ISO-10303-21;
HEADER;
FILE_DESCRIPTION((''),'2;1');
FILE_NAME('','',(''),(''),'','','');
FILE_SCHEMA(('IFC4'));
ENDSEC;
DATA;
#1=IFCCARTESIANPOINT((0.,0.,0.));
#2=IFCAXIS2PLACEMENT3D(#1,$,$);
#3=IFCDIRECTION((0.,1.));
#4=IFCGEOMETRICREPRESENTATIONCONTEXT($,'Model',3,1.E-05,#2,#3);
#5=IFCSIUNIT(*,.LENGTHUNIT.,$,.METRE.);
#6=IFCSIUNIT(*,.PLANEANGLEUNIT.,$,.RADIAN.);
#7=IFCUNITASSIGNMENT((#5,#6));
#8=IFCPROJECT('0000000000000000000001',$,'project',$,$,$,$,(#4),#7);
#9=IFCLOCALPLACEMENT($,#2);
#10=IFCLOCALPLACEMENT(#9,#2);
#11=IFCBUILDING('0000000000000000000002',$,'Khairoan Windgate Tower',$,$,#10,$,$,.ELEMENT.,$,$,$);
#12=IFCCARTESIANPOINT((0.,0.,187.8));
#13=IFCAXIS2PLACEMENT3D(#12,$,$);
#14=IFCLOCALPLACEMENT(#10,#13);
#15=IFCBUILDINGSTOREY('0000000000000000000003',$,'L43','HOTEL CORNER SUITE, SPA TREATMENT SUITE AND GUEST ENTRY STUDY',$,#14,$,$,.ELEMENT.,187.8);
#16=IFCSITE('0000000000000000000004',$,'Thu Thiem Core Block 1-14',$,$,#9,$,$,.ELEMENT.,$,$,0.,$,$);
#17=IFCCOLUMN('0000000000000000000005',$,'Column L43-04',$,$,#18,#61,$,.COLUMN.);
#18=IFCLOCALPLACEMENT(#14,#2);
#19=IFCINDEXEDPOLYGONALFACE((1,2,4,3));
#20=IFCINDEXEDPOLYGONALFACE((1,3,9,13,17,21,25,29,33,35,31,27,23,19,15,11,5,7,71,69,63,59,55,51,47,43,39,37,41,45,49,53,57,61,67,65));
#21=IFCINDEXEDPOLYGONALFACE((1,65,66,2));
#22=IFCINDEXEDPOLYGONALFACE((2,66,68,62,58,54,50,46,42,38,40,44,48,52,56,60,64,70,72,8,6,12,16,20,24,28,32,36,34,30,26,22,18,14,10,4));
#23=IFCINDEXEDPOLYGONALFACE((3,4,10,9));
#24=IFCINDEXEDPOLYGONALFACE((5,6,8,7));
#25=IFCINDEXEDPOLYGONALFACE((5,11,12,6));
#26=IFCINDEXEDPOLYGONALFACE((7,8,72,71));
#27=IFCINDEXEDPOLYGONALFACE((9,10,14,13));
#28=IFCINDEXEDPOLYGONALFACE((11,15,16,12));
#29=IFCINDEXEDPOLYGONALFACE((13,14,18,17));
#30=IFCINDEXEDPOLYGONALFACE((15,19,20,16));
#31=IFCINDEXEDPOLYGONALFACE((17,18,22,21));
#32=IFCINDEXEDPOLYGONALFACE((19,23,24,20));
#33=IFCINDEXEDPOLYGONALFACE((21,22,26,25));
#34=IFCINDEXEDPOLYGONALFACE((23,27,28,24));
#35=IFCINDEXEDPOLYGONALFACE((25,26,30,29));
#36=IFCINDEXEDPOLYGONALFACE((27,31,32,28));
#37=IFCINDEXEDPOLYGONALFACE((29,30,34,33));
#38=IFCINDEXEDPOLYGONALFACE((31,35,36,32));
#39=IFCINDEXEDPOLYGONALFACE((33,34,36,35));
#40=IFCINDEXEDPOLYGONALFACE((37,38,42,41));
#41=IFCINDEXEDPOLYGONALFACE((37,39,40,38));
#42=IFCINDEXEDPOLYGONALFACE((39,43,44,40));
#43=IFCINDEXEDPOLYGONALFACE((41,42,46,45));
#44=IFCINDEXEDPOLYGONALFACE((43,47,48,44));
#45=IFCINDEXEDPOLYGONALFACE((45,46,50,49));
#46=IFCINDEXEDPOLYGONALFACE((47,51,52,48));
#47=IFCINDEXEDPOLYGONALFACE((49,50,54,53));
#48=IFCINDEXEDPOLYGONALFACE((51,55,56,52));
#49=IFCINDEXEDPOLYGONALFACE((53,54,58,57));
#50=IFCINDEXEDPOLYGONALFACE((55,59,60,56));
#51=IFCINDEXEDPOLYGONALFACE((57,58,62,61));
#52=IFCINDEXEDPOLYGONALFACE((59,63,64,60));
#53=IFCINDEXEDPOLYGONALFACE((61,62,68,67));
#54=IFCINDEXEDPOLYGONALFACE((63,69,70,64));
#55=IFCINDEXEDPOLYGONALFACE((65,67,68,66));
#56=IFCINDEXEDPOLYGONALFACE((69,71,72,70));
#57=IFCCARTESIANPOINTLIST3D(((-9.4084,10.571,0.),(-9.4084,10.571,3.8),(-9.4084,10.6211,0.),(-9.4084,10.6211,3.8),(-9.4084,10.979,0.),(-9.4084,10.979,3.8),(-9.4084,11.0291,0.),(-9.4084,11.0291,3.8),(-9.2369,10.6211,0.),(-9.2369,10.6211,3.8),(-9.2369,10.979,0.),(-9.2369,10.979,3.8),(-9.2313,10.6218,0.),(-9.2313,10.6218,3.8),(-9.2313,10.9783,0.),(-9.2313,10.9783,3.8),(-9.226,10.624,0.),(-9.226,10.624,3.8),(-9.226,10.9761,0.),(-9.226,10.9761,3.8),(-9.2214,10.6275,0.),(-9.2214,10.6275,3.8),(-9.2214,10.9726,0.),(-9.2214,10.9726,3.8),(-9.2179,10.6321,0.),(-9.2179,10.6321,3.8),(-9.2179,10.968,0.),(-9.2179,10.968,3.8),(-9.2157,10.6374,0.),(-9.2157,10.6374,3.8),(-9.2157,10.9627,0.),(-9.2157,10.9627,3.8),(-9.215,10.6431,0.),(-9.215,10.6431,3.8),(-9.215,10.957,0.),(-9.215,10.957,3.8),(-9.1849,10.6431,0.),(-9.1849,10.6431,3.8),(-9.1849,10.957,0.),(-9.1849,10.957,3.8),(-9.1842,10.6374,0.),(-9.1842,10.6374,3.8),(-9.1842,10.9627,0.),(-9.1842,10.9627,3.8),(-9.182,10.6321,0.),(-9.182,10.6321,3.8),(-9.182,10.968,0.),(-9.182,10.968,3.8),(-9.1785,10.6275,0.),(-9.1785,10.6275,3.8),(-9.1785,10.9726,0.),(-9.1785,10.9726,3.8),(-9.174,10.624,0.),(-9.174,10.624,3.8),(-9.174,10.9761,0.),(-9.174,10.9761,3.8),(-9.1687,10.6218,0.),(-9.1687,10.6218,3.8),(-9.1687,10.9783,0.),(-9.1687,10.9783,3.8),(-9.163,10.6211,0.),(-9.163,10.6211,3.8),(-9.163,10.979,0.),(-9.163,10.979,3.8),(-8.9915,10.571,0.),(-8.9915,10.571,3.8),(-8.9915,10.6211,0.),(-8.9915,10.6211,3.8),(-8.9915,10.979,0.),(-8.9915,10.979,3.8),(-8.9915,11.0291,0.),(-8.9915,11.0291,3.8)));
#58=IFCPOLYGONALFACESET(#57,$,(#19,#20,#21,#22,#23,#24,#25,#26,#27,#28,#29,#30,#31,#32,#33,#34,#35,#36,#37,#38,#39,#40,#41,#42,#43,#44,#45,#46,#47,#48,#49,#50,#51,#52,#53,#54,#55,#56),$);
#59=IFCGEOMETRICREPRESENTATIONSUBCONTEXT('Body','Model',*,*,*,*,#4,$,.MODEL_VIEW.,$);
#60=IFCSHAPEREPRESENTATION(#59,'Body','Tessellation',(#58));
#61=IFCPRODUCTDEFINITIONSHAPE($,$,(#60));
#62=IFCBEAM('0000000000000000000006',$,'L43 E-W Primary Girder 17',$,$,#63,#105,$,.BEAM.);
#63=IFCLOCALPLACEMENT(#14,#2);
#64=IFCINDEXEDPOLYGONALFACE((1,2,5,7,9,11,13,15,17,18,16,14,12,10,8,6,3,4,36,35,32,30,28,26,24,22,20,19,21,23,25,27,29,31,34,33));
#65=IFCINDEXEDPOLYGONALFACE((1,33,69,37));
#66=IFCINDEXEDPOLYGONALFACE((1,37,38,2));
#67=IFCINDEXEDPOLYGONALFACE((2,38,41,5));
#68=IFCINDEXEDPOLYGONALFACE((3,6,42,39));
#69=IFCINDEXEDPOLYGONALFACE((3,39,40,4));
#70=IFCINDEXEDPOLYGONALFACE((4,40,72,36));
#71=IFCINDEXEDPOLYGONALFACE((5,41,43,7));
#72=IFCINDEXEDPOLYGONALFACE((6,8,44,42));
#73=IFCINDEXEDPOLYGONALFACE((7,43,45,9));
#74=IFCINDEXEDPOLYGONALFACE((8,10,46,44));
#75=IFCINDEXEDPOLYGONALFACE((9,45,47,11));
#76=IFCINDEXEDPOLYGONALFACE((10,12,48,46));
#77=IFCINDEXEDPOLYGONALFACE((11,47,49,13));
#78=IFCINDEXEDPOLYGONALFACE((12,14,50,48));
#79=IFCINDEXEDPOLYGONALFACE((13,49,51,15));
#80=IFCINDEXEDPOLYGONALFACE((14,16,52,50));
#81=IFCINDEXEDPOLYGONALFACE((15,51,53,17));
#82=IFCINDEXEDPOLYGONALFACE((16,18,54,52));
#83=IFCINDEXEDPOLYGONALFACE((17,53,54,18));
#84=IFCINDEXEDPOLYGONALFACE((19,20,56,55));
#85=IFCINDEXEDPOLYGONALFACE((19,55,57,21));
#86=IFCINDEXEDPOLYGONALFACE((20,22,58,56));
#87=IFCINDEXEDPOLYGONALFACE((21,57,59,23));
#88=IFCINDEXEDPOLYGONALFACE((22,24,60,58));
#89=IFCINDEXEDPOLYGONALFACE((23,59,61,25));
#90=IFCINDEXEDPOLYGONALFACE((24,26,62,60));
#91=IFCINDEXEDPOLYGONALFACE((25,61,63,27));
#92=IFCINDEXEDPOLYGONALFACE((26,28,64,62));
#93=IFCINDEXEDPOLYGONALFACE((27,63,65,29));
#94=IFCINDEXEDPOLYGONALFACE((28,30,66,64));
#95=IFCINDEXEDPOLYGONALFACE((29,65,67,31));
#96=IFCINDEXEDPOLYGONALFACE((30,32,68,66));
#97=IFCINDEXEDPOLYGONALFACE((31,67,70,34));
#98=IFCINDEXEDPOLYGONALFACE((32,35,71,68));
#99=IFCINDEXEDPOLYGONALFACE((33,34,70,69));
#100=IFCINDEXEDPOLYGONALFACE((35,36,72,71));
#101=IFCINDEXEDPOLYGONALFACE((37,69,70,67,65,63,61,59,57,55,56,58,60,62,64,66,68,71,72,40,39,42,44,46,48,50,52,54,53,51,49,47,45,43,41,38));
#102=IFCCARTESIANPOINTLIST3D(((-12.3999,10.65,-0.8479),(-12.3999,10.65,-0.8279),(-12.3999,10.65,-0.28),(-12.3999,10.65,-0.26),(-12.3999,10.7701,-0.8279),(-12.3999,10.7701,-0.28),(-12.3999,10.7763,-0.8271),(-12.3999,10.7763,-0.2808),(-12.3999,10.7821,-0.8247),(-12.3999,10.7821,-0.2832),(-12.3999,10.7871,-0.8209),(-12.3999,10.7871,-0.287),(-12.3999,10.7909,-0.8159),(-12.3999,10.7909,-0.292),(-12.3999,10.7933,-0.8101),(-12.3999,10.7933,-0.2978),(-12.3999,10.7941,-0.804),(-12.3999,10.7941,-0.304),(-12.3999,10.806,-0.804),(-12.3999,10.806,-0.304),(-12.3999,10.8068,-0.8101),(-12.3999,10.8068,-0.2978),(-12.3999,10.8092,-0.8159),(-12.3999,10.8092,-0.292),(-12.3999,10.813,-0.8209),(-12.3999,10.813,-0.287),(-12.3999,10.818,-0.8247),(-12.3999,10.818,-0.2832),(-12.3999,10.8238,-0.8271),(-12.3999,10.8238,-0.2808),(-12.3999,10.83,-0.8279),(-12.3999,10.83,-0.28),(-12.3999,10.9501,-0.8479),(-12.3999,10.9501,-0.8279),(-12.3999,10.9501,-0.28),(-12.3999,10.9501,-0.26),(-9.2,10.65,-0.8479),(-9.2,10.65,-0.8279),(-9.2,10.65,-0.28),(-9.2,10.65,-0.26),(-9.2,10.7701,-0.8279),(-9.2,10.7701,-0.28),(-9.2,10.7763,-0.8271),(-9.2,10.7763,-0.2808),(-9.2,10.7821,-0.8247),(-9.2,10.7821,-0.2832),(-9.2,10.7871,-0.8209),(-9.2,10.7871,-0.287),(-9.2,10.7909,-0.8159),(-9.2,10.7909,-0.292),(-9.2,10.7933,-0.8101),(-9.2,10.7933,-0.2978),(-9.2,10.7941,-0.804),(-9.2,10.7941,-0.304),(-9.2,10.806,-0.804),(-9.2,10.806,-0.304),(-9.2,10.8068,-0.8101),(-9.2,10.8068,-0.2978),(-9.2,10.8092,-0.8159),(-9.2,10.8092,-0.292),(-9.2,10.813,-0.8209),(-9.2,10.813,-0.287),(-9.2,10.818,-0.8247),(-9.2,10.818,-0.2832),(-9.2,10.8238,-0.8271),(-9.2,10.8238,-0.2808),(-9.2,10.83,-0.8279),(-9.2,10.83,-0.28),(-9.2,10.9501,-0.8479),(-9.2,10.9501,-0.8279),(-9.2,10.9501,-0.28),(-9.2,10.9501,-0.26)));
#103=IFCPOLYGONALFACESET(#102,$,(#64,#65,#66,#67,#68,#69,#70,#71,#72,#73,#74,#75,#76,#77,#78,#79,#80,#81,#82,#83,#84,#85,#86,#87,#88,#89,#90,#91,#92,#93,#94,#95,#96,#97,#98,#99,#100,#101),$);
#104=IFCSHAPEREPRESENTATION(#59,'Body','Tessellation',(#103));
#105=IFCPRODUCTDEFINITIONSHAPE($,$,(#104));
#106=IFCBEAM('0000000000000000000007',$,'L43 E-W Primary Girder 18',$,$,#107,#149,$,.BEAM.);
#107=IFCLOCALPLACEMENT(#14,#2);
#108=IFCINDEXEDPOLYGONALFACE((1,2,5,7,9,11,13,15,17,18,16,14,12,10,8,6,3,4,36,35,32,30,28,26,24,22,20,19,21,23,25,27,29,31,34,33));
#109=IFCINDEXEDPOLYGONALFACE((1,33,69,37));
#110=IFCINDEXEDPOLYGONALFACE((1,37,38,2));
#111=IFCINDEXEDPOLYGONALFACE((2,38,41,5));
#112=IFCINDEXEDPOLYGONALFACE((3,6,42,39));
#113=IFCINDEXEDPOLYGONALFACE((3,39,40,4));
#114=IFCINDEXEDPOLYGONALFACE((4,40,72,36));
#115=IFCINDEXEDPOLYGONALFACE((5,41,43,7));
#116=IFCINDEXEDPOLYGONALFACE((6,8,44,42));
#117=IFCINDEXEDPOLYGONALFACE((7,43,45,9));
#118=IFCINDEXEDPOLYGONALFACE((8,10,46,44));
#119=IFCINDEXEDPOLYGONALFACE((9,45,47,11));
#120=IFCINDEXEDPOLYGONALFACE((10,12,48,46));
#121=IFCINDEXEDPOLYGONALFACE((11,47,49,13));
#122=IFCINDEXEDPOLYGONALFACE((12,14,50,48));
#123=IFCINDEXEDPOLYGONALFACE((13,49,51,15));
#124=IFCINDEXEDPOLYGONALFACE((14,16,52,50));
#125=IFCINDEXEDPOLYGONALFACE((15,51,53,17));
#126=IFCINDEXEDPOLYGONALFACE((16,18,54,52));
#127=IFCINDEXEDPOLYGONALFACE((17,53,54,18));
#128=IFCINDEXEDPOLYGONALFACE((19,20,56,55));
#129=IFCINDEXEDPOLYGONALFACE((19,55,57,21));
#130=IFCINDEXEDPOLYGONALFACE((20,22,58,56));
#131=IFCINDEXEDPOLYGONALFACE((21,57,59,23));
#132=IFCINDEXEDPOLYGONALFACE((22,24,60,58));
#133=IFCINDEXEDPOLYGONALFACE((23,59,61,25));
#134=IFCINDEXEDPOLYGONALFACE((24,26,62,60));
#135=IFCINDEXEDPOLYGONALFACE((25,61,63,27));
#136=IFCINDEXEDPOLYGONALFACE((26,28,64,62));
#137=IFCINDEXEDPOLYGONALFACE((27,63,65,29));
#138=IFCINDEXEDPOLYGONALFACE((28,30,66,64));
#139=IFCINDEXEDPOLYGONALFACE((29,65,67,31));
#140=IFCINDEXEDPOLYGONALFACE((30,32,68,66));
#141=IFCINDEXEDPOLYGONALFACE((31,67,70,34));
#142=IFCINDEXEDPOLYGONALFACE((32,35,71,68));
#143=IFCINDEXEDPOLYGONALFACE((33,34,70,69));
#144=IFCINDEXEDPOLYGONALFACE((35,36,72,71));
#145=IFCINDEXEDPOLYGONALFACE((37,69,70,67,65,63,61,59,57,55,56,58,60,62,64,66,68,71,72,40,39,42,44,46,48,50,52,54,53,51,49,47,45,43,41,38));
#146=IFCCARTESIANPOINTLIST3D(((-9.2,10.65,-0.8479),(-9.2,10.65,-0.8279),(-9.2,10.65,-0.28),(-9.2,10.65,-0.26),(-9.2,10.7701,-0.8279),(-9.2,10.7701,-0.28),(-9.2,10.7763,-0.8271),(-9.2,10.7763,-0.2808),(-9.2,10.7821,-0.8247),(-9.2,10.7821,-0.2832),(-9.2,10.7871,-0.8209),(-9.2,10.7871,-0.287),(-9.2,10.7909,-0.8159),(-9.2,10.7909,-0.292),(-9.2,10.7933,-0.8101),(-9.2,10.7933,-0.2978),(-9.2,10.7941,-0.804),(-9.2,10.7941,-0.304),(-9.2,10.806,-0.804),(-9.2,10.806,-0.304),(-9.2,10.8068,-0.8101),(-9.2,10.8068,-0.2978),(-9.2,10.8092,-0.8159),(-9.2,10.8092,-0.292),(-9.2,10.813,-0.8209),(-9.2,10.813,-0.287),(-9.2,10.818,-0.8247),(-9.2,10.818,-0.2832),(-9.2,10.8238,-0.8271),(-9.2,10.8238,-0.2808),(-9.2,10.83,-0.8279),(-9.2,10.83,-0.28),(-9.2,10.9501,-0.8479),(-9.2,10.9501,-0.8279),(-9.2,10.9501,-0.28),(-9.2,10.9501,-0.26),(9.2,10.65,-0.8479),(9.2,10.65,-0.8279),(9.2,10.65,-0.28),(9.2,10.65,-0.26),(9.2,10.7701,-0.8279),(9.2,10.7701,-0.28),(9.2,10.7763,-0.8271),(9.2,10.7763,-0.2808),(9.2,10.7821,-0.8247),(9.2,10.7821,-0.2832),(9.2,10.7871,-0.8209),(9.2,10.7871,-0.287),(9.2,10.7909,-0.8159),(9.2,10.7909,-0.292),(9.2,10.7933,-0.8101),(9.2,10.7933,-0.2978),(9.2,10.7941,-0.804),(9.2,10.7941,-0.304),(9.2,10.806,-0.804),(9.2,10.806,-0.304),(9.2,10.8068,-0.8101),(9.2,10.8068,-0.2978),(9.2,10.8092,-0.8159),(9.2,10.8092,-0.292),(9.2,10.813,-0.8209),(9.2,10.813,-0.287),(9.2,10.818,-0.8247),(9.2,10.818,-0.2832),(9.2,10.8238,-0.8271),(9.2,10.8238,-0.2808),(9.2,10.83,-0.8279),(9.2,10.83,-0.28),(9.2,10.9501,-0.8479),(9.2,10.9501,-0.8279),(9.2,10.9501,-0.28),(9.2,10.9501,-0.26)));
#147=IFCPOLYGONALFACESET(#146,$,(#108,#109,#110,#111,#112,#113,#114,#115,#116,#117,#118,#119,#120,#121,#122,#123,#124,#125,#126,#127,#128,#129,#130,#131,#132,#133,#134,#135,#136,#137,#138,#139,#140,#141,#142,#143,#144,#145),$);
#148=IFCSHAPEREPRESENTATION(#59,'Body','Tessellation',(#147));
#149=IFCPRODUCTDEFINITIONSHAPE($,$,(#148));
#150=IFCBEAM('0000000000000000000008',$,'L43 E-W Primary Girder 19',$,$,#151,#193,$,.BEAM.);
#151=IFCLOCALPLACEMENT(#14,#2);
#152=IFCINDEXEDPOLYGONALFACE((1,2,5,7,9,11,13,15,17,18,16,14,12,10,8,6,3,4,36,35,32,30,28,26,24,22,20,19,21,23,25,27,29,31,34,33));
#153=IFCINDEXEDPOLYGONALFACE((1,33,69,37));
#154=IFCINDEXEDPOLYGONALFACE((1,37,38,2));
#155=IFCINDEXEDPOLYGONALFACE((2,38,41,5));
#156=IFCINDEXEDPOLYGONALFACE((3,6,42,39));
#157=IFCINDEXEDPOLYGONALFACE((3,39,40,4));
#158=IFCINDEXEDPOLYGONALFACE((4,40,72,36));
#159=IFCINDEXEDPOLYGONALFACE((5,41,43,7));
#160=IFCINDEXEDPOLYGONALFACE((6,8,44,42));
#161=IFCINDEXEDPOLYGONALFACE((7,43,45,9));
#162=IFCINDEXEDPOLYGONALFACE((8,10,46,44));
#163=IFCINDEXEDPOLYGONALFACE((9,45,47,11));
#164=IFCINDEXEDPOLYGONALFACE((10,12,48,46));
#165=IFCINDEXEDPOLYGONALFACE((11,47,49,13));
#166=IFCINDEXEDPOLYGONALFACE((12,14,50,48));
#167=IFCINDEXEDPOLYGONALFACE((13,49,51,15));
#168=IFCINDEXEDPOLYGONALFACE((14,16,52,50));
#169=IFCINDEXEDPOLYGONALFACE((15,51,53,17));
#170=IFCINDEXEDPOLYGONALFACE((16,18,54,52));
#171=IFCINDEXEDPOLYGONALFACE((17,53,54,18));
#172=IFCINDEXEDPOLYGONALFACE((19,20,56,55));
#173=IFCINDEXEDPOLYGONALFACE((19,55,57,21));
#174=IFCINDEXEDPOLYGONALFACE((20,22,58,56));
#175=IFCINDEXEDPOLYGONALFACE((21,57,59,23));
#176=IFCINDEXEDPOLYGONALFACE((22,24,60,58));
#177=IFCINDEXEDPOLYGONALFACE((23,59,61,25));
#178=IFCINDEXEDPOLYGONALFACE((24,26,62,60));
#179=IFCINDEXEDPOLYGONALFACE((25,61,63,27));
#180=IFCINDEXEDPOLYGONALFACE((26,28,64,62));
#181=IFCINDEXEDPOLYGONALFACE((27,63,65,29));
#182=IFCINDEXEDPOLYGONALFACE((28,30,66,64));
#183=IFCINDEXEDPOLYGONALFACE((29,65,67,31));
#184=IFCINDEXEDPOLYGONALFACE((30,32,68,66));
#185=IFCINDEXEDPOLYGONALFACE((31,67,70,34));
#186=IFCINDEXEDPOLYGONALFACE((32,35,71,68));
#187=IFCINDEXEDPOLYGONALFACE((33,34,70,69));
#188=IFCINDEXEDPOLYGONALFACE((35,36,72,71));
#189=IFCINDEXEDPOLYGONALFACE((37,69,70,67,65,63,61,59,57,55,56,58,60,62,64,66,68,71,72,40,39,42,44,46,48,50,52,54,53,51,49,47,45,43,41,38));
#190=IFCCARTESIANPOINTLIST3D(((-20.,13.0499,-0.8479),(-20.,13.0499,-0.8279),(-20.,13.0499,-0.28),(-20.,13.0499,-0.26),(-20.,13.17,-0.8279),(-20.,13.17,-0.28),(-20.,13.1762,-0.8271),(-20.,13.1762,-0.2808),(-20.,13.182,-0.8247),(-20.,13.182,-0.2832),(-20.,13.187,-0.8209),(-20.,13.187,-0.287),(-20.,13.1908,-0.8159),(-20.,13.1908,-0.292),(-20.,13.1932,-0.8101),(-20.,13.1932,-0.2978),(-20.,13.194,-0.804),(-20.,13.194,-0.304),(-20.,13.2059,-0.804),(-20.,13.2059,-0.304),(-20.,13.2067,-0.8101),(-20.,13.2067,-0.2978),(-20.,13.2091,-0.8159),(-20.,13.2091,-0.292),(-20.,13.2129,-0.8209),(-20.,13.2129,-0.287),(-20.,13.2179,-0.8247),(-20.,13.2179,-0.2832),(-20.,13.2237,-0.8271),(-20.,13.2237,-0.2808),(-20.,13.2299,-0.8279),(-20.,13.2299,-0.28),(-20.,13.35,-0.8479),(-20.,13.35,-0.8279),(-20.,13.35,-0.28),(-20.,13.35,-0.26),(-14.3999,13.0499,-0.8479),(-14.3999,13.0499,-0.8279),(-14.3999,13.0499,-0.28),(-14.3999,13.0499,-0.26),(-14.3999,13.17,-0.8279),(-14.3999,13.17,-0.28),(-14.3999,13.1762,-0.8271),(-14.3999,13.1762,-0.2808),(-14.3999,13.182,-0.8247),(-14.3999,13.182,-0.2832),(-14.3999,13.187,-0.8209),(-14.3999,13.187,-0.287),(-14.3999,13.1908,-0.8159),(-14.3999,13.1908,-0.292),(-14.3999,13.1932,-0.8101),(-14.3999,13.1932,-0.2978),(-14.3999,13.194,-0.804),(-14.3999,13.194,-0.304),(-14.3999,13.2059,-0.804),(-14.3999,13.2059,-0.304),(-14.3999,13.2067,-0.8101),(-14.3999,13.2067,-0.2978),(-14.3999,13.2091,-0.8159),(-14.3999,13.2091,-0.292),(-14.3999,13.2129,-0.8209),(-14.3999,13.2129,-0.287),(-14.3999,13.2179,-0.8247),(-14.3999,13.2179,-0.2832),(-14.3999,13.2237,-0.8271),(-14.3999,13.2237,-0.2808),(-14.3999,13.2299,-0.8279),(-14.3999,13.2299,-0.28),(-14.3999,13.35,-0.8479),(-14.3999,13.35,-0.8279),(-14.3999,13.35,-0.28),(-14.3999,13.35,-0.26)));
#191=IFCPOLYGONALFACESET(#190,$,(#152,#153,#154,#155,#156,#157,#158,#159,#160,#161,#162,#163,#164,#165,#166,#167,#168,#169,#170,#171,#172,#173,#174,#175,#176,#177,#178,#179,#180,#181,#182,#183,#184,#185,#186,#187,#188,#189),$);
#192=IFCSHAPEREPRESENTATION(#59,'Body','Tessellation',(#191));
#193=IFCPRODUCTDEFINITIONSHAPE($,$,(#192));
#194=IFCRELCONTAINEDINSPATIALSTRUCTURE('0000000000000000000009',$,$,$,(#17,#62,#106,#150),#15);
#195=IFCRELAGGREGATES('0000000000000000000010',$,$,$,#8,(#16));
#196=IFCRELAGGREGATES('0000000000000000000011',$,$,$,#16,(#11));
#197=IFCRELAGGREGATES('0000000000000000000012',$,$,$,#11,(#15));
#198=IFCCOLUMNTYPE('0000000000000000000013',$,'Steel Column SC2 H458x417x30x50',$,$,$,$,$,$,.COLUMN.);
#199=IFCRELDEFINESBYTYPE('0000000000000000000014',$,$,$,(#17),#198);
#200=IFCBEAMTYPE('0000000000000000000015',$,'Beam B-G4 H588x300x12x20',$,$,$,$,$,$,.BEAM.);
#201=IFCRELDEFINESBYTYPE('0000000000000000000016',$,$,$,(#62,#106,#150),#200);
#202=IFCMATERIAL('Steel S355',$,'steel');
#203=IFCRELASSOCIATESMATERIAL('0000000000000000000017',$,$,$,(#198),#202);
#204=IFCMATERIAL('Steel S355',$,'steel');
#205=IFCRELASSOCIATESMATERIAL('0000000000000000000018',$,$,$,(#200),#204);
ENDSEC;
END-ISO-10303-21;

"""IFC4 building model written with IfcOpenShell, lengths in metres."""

from ifc_helpers import new_model, si_unit, direction, frame, origin, origin_2d, place, context, subcontext, project, spatial, i_section, extrude, material, material_profile, profile_set, type_object, element, save


model = new_model("IFC4")

# Units and contexts
model_context = context("Model", 3, precision=1e-05, world=origin(), true_north=direction((0.0, 1.0)))
body_context = subcontext(model_context, "Body", "Model", "MODEL_VIEW")
ifc_project = project(units=[si_unit("LENGTHUNIT", "METRE"), si_unit("PLANEANGLEUNIT", "RADIAN")], contexts=[model_context])

# Site, building, storey
site_placement = place(None, origin())
site = spatial("IfcSite", under=ifc_project, at=site_placement, Name="Thu Thiem Core Block 1-14", CompositionType="ELEMENT", RefElevation=0.0)
building_placement = place(site_placement, origin())
building = spatial("IfcBuilding", under=site, at=building_placement, Name="Khairoan Windgate Tower", CompositionType="ELEMENT")
storey_placement = place(building_placement, frame((0.0, 0.0, 187.8)))
storey = spatial("IfcBuildingStorey", under=building, at=storey_placement, Name="L43", Description="HOTEL CORNER SUITE, SPA TREATMENT SUITE AND GUEST ENTRY STUDY", CompositionType="ELEMENT", Elevation=187.8)

# Column
ifc_material_1 = material(Name="Steel S355", Category="steel")
ifc_material_profile_1 = material_profile(ifc_material_1, i_section(OverallWidth=0.417, OverallDepth=0.458, WebThickness=0.03, FlangeThickness=0.05, FilletRadius=0.022, at=origin_2d()))
ifc_profile_set_1 = profile_set([ifc_material_profile_1], Name="Steel S355")
column_type = type_object("IfcColumnType", Name="Steel Column SC2 H458x417x30x50", PredefinedType="COLUMN", material=ifc_profile_set_1)
column_placement = place(storey_placement, frame((-9.2, 10.8, 0.0), z_axis=(0.0, 0.0, 1.0), x_axis=(1.0, 0.0, 0.0)))
element("IfcColumn", 1, at=column_placement, inside=storey, type_object=column_type, Name="Column L43-04", PredefinedType="COLUMN", context=body_context, shape_type="SweptSolid", body=[
    extrude(i_section(OverallWidth=0.417, OverallDepth=0.458, WebThickness=0.03, FlangeThickness=0.05, FilletRadius=0.022, at=origin_2d()), origin(), (0.0, 0.0, 1.0), 3.8),
])

# Beams
ifc_material_2 = material(Name="Steel S355", Category="steel")
ifc_material_profile_2 = material_profile(ifc_material_2, i_section(OverallWidth=0.3, OverallDepth=0.5879, WebThickness=0.012, FlangeThickness=0.02, FilletRadius=0.0239, at=origin_2d()))
ifc_profile_set_2 = profile_set([ifc_material_profile_2], Name="Steel S355")
beam_type_1 = type_object("IfcBeamType", Name="Beam B-G4 H588x300x12x20", PredefinedType="BEAM", material=ifc_profile_set_2)
beam_1_placement = place(storey_placement, frame((-12.3999, 10.8, -0.554), z_axis=(1.0, 0.0, 0.0), x_axis=(0.0, 1.0, 0.0)))
element("IfcBeam", 2, at=beam_1_placement, inside=storey, type_object=beam_type_1, Name="L43 E-W Primary Girder 17", PredefinedType="BEAM", context=body_context, shape_type="SweptSolid", body=[
    extrude(i_section(OverallWidth=0.3, OverallDepth=0.5879, WebThickness=0.012, FlangeThickness=0.02, FilletRadius=0.0239, at=origin_2d()), origin(), (0.0, 0.0, 1.0), 3.2),
])
beam_2_placement = place(storey_placement, frame((-9.2, 10.8, -0.554), z_axis=(1.0, 0.0, 0.0), x_axis=(0.0, 1.0, 0.0)))
element("IfcBeam", 3, at=beam_2_placement, inside=storey, type_object=beam_type_1, Name="L43 E-W Primary Girder 18", PredefinedType="BEAM", context=body_context, shape_type="SweptSolid", body=[
    extrude(i_section(OverallWidth=0.3, OverallDepth=0.5879, WebThickness=0.012, FlangeThickness=0.02, FilletRadius=0.0239, at=origin_2d()), origin(), (0.0, 0.0, 1.0), 18.3999),
])
beam_3_placement = place(storey_placement, frame((-20.0, 13.2, -0.554), z_axis=(1.0, 0.0, 0.0), x_axis=(0.0, 1.0, 0.0)))
element("IfcBeam", 4, at=beam_3_placement, inside=storey, type_object=beam_type_1, Name="L43 E-W Primary Girder 19", PredefinedType="BEAM", context=body_context, shape_type="SweptSolid", body=[
    extrude(i_section(OverallWidth=0.3, OverallDepth=0.5879, WebThickness=0.012, FlangeThickness=0.02, FilletRadius=0.0239, at=origin_2d()), origin(), (0.0, 0.0, 1.0), 5.6001),
])

save(model, "model.ifc")
